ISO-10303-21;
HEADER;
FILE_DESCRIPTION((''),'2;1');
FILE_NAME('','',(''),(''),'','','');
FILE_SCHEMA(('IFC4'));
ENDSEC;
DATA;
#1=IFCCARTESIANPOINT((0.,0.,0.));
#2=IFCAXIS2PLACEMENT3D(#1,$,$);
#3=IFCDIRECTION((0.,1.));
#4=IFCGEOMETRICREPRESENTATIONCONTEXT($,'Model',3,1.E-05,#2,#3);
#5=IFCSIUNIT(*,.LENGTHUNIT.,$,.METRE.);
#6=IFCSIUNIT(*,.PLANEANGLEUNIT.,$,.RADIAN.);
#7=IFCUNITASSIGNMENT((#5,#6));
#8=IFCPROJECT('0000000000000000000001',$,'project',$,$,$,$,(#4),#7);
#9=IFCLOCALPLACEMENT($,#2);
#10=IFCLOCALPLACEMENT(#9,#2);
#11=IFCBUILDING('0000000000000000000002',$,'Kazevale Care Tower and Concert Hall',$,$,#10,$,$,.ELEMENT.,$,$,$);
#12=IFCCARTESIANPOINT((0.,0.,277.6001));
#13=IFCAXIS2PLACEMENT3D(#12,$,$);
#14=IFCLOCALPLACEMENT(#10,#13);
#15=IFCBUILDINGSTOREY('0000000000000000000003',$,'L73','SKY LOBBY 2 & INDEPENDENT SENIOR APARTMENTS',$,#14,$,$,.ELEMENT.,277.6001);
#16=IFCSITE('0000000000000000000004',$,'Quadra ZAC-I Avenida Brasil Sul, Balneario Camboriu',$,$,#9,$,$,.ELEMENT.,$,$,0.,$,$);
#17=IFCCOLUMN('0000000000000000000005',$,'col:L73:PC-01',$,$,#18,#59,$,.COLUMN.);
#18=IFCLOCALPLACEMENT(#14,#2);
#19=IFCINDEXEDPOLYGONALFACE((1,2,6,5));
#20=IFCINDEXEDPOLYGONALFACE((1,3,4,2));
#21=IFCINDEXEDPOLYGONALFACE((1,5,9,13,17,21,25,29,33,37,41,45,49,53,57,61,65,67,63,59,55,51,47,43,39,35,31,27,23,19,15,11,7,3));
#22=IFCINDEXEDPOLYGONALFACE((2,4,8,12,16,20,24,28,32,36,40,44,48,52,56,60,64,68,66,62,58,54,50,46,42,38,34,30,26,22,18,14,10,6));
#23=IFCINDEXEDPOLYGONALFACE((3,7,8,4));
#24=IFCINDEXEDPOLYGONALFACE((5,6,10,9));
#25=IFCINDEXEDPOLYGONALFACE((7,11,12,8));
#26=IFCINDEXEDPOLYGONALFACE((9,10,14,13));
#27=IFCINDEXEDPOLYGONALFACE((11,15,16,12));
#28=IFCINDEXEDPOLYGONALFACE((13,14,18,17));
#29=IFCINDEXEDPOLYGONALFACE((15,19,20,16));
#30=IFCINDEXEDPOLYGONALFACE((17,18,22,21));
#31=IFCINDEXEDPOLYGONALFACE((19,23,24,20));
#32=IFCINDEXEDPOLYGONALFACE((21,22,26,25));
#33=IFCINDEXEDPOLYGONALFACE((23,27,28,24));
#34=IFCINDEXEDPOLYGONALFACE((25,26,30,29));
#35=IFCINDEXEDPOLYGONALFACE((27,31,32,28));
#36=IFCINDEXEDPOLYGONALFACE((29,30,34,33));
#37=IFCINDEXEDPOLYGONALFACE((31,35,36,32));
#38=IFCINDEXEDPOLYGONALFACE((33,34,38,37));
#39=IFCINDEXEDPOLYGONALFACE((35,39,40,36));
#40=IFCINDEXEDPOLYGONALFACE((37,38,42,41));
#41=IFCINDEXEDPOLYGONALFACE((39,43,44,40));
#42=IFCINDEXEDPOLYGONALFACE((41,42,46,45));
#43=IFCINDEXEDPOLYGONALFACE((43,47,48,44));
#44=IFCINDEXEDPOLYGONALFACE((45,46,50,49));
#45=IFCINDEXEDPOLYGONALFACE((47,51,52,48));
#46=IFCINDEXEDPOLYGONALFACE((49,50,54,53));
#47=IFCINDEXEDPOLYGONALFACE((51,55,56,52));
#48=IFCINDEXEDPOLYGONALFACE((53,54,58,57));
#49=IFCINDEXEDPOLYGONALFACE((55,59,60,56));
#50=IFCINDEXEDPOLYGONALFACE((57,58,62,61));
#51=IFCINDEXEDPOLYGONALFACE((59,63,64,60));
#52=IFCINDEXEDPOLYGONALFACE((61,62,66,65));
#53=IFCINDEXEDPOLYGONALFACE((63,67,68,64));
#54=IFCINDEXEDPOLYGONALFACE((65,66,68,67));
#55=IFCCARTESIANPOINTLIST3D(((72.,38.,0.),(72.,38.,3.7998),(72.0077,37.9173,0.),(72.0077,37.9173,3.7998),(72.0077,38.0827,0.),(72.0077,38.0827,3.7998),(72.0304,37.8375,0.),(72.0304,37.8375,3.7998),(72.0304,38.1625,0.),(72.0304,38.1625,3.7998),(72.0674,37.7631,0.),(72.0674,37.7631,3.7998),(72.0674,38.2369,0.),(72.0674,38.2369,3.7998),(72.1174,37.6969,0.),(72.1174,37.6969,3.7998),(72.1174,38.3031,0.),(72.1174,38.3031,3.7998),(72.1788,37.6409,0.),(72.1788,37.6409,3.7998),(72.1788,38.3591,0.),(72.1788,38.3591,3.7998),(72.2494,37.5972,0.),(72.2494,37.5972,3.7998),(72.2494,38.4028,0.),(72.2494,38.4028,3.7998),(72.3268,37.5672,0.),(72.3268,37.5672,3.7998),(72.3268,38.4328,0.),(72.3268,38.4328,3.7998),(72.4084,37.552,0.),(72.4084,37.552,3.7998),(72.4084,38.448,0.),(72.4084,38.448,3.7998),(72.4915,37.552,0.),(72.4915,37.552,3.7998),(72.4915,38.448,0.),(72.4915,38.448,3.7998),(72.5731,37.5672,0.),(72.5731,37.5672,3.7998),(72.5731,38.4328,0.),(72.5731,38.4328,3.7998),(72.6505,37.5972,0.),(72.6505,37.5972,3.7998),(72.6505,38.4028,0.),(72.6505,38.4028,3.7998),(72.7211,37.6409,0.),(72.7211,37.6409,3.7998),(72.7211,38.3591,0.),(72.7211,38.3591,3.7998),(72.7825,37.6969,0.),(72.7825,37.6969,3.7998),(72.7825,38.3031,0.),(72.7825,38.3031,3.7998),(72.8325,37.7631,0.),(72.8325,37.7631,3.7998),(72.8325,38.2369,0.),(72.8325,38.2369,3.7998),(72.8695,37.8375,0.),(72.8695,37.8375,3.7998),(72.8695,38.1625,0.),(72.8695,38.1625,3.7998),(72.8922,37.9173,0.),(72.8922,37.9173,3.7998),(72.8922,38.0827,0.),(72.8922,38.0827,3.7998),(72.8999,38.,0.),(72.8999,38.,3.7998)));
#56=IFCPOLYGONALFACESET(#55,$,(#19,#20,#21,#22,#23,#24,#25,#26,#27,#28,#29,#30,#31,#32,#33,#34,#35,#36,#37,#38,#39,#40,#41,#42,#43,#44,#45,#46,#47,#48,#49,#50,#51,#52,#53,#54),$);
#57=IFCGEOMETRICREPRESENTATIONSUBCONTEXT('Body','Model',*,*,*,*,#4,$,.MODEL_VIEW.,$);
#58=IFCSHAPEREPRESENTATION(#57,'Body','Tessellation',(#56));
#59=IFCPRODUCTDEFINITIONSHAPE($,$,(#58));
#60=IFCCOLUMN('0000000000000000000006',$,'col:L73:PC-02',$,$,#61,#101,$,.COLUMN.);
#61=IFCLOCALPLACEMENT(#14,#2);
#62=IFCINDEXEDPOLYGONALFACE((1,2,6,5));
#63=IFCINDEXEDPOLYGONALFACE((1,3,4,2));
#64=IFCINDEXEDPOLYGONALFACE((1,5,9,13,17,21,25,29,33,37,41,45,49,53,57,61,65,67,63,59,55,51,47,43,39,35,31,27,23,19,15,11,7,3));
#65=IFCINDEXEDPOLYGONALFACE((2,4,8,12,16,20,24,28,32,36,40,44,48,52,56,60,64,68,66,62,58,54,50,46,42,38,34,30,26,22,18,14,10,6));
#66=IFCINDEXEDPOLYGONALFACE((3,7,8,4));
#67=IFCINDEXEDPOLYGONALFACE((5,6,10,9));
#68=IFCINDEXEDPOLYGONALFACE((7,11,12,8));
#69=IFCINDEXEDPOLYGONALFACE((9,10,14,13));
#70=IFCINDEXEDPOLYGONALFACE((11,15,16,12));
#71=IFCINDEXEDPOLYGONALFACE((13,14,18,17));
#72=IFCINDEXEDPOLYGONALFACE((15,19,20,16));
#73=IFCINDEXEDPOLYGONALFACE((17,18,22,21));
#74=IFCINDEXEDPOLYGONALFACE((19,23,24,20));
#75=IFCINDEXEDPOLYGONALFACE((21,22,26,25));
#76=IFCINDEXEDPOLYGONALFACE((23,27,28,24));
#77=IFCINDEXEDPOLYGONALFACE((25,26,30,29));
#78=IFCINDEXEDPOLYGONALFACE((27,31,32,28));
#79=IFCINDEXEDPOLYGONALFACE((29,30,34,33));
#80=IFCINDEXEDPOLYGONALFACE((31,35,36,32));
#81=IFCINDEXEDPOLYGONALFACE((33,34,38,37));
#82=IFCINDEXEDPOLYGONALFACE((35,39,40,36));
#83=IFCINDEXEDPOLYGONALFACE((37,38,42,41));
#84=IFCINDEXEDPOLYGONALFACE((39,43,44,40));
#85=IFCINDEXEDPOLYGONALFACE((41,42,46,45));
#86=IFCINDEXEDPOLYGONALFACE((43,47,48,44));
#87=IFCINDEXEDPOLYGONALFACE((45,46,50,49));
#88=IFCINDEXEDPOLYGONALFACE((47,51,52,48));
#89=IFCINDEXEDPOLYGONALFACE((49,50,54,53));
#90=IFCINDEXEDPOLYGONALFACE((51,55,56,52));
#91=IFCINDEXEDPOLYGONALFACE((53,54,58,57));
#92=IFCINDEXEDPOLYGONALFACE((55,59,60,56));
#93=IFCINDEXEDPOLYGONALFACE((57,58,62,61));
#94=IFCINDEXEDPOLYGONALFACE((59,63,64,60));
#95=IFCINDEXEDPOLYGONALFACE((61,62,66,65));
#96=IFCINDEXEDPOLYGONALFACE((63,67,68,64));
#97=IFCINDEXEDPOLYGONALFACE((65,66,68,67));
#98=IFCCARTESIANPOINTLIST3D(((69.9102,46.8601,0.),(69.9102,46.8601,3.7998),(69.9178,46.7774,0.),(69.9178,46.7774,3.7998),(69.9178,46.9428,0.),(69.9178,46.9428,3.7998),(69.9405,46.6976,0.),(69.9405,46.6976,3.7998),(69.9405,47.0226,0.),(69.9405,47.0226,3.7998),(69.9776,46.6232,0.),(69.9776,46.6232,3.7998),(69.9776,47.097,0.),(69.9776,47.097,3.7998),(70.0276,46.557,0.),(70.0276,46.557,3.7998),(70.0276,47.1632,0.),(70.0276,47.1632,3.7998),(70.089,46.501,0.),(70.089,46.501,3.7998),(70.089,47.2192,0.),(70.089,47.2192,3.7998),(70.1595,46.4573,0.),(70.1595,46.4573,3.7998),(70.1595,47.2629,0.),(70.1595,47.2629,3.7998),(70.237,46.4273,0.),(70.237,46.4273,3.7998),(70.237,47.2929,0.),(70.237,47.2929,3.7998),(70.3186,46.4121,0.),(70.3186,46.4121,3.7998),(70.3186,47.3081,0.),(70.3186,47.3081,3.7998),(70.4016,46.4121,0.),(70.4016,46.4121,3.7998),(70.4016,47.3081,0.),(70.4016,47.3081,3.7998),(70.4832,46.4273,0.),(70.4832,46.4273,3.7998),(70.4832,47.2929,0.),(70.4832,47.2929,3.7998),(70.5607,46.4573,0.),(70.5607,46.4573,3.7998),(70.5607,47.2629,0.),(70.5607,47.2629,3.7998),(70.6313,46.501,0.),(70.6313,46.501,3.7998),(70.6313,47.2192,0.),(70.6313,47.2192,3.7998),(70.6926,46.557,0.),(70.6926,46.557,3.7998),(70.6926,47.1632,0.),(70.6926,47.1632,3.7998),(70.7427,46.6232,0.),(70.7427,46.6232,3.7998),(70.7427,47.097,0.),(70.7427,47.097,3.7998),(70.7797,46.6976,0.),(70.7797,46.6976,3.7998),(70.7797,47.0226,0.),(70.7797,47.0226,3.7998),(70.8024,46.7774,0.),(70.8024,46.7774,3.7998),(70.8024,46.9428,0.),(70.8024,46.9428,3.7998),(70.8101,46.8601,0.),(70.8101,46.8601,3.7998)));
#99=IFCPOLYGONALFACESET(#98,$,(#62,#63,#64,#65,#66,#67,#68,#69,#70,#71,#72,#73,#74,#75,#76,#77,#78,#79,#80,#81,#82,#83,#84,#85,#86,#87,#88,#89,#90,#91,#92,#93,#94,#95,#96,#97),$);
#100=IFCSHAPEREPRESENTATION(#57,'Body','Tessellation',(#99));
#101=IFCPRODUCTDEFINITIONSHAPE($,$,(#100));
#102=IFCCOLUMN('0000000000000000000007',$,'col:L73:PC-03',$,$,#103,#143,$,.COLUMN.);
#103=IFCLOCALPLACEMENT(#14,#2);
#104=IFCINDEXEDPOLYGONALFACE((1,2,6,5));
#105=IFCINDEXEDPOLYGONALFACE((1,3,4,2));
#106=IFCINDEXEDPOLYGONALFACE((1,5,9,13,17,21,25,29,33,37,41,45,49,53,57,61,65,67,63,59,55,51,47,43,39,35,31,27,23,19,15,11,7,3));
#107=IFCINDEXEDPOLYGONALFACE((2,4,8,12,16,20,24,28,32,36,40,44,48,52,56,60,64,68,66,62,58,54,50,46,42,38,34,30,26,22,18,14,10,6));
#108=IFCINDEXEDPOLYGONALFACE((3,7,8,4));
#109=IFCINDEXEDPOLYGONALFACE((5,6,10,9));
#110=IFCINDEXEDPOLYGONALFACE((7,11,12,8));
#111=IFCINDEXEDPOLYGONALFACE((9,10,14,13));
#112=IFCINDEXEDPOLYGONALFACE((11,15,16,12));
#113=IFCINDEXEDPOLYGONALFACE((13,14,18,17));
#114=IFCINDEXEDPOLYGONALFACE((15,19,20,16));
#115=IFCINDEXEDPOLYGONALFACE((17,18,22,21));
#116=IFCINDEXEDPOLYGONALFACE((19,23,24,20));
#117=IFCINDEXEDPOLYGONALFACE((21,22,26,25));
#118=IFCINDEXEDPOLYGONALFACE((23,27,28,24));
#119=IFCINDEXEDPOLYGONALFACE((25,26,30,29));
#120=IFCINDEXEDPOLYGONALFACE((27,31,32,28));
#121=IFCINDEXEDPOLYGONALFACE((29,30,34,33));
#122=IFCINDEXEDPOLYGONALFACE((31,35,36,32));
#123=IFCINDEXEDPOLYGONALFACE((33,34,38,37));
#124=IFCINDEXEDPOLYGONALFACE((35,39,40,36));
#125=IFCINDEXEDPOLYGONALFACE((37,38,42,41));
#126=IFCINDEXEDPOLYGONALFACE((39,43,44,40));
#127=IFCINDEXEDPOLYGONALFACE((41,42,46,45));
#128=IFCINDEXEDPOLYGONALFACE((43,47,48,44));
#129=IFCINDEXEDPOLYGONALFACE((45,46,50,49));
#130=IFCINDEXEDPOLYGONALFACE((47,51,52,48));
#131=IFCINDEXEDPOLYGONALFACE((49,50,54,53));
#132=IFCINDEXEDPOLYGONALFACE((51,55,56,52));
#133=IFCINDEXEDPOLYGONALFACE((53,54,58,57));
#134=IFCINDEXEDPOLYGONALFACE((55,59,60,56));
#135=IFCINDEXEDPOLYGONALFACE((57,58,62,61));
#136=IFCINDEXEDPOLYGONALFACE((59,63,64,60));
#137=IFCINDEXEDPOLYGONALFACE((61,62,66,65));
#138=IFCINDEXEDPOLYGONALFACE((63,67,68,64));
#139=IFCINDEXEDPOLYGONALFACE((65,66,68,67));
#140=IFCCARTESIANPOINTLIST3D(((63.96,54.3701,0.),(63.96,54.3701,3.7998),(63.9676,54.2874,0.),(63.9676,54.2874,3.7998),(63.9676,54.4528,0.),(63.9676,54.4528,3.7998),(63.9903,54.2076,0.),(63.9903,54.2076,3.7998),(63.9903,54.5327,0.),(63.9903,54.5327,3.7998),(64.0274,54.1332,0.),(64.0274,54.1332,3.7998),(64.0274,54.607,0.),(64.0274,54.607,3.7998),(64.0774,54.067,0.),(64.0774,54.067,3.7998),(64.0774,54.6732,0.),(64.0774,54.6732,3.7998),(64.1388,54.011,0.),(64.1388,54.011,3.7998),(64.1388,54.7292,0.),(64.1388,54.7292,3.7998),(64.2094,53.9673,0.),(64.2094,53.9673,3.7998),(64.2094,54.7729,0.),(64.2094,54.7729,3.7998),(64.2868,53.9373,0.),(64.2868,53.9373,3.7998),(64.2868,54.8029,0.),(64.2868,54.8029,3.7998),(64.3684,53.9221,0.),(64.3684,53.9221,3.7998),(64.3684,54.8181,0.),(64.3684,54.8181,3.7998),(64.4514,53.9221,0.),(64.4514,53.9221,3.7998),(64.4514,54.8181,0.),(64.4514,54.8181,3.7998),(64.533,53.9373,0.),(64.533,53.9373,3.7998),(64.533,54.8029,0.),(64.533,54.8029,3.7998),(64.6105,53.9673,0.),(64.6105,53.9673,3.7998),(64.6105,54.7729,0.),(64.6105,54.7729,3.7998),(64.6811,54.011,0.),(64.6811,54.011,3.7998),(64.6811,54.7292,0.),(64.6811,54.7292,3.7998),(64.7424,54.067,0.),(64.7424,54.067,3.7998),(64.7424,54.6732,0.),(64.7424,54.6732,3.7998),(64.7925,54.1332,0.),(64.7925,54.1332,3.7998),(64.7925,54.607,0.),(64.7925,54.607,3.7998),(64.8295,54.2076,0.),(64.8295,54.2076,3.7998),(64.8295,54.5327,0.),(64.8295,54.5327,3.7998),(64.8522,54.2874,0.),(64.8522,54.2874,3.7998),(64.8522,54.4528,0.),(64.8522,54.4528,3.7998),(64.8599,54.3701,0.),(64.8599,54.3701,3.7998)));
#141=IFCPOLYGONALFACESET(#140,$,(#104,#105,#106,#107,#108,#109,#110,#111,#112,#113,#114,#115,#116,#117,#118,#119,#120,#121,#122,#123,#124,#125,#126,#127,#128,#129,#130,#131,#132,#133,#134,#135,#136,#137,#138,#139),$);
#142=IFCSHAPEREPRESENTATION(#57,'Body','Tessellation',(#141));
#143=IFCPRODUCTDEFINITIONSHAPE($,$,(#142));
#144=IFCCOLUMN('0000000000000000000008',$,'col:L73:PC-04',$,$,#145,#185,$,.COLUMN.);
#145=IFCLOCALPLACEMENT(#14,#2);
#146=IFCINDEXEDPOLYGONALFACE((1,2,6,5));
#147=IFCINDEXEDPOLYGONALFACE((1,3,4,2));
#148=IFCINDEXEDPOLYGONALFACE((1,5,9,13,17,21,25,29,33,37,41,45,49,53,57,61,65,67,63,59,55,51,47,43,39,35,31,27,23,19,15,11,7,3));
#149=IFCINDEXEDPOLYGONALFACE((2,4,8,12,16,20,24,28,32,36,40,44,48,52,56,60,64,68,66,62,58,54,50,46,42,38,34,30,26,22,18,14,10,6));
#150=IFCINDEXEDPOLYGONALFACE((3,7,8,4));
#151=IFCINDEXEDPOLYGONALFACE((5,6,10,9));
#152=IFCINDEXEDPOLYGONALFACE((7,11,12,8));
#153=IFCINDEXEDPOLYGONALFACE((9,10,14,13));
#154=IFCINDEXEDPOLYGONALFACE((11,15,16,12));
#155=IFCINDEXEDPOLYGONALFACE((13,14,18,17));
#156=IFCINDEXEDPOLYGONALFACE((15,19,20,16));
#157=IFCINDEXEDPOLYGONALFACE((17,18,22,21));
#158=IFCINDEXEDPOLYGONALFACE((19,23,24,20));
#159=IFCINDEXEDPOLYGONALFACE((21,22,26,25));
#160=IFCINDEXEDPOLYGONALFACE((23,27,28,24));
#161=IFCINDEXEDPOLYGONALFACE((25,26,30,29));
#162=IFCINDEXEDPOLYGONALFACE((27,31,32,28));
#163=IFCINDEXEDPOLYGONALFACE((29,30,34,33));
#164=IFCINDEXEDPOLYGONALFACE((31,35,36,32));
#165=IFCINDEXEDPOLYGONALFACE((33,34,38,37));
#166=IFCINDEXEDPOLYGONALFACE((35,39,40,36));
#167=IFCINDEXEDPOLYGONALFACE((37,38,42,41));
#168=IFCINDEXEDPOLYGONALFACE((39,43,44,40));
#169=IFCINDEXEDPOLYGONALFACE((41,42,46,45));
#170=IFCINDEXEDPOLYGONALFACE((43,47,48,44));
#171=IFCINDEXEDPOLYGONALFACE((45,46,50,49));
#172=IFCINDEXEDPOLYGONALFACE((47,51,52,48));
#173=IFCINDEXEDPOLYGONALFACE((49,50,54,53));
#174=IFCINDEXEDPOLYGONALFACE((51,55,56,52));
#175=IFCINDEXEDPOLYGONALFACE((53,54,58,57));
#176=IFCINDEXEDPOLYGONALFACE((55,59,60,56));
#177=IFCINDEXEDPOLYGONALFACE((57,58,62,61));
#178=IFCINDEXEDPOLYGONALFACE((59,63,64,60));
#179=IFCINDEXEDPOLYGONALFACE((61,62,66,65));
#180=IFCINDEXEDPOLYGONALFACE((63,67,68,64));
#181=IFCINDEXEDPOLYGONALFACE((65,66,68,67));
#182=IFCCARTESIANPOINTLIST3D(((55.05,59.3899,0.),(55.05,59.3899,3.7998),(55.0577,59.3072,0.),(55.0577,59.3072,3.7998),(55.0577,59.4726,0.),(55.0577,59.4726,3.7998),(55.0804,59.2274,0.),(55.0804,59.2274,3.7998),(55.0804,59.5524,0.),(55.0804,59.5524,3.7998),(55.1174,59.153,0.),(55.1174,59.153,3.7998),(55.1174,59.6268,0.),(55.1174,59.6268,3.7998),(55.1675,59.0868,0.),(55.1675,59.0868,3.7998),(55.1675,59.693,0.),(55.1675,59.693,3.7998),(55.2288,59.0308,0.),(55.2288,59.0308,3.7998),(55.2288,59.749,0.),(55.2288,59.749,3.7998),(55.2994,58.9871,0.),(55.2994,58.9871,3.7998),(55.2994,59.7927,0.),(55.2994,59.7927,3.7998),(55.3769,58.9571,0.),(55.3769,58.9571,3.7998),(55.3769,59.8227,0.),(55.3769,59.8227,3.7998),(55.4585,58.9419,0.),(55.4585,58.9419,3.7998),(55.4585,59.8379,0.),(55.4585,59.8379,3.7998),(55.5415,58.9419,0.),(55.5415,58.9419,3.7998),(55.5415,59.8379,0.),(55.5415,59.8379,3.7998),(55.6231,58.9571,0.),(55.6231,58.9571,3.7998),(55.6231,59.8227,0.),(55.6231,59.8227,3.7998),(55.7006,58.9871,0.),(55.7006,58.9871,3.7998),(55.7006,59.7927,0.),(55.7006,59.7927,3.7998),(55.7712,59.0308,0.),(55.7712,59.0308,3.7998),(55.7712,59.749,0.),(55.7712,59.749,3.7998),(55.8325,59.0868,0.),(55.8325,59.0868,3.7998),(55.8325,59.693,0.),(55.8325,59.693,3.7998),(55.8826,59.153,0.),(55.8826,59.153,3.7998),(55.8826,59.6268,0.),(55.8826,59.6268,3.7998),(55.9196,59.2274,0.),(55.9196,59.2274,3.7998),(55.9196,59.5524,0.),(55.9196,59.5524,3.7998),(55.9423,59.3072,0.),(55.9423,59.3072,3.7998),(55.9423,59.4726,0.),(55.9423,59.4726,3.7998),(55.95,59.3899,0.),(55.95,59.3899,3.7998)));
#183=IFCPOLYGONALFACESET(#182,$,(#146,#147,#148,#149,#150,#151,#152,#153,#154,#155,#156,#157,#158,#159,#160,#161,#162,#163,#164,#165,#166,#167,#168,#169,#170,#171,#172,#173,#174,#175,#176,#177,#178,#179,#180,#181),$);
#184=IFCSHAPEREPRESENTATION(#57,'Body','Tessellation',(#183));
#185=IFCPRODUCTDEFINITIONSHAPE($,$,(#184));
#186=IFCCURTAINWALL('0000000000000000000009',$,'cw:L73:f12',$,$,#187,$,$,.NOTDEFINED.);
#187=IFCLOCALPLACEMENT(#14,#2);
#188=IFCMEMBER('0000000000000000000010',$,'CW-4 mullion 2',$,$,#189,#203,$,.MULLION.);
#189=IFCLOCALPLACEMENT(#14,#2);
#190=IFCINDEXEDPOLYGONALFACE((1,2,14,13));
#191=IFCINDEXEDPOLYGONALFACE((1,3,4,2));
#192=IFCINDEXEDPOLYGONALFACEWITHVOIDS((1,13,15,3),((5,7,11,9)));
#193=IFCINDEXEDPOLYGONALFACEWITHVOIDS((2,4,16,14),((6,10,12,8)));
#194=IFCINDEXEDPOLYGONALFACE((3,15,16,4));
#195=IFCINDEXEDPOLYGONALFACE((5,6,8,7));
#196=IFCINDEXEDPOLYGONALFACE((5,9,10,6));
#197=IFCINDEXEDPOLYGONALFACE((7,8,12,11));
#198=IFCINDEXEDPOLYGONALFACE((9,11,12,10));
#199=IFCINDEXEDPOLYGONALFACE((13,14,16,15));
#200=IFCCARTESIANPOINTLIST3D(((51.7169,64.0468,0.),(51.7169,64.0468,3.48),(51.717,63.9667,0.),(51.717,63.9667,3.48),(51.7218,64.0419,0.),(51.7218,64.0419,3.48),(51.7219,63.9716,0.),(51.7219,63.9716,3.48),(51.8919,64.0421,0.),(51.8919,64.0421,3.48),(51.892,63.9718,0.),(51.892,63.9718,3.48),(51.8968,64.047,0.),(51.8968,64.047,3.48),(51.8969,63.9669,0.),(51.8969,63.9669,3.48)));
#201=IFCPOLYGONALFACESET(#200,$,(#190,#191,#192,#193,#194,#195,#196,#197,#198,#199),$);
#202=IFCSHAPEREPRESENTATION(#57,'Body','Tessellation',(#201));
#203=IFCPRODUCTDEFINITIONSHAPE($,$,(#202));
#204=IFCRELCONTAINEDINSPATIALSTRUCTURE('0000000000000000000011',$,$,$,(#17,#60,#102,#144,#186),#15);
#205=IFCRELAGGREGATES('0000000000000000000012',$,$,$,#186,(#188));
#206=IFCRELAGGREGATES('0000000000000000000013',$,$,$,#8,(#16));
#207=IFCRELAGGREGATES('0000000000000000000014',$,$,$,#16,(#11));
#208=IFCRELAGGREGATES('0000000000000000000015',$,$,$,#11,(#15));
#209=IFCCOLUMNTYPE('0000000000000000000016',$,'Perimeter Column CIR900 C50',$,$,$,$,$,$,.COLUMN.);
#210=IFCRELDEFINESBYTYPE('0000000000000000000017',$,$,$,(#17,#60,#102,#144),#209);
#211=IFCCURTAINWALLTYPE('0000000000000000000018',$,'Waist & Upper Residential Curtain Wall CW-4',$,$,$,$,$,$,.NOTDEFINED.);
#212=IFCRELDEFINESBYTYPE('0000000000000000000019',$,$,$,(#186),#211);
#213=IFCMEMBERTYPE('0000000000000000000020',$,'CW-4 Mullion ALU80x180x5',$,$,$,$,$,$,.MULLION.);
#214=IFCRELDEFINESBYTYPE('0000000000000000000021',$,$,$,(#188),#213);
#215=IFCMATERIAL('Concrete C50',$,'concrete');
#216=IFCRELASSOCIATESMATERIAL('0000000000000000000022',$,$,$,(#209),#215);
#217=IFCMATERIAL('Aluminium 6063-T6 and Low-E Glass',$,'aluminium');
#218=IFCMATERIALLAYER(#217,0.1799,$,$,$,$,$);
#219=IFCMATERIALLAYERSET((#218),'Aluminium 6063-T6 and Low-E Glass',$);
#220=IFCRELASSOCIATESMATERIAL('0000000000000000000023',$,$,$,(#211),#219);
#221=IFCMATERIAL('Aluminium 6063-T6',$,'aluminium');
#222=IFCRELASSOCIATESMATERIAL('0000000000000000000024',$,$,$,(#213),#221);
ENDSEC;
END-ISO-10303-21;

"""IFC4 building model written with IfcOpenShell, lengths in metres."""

from ifc_helpers import new_model, si_unit, direction, frame, origin, origin_2d, place, context, subcontext, project, spatial, hollow_rectangle, circle, extrude, material, layer, layer_set, material_profile, profile_set, type_object, element, aggregate, save


model = new_model("IFC4")

# Units and contexts
model_context = context("Model", 3, precision=1e-05, world=origin(), true_north=direction((0.0, 1.0)))
body_context = subcontext(model_context, "Body", "Model", "MODEL_VIEW")
ifc_project = project(units=[si_unit("LENGTHUNIT", "METRE"), si_unit("PLANEANGLEUNIT", "RADIAN")], contexts=[model_context])

# Site, building, storey
site_placement = place(None, origin())
site = spatial("IfcSite", under=ifc_project, at=site_placement, Name="Quadra ZAC-I Avenida Brasil Sul, Balneario Camboriu", CompositionType="ELEMENT", RefElevation=0.0)
building_placement = place(site_placement, origin())
building = spatial("IfcBuilding", under=site, at=building_placement, Name="Kazevale Care Tower and Concert Hall", CompositionType="ELEMENT")
storey_placement = place(building_placement, frame((0.0, 0.0, 277.6001)))
storey = spatial("IfcBuildingStorey", under=building, at=storey_placement, Name="L73", Description="SKY LOBBY 2 & INDEPENDENT SENIOR APARTMENTS", CompositionType="ELEMENT", Elevation=277.6001)

# Columns
ifc_material_1 = material(Name="Concrete C50", Category="concrete")
ifc_material_profile_1 = material_profile(ifc_material_1, circle(Radius=0.45, at=origin_2d()), Name="RC-CIR900")
ifc_profile_set_1 = profile_set([ifc_material_profile_1], Name="Concrete C50")
column_type = type_object("IfcColumnType", Name="Perimeter Column CIR900 C50", PredefinedType="COLUMN", material=ifc_profile_set_1)
for number, where, z_axis, x_axis, name in (
    (1, (72.45, 38.0, 0.0), (0.0, 0.0, 1.0), (1.0, 0.0, 0.0), "col:L73:PC-01"),
    (2, (70.3601, 46.8601, 0.0), (0.0, 0.0, 1.0), (1.0, 0.0, 0.0), "col:L73:PC-02"),
    (3, (64.4099, 54.3701, 0.0), (0.0, 0.0, 1.0), (1.0, 0.0, 0.0), "col:L73:PC-03"),
    (4, (55.5, 59.3899, 0.0), (0.0, 0.0, 1.0), (1.0, 0.0, 0.0), "col:L73:PC-04"),
):
    element("IfcColumn", number, at=place(storey_placement, frame(where, z_axis=z_axis, x_axis=x_axis)), inside=storey, type_object=column_type, Name=name, PredefinedType="COLUMN", context=body_context, shape_type="SweptSolid", body=[
        extrude(circle(Radius=0.45, at=origin_2d()), origin(), (0.0, 0.0, 1.0), 3.7998),
    ])

# Curtain wall, member
ifc_material_2 = material(Name="Aluminium 6063-T6 and Low-E Glass", Category="aluminium")
ifc_layer_1 = layer(ifc_material_2, 0.1799)
ifc_layer_set_1 = layer_set([ifc_layer_1], Name="Aluminium 6063-T6 and Low-E Glass")
curtain_wall_type = type_object("IfcCurtainWallType", Name="Waist & Upper Residential Curtain Wall CW-4", PredefinedType="NOTDEFINED", material=ifc_layer_set_1)
curtain_wall_1_placement = place(storey_placement, origin())
curtain_wall_1 = element("IfcCurtainWall", 5, at=curtain_wall_1_placement, inside=storey, type_object=curtain_wall_type, Name="cw:L73:f12", PredefinedType="NOTDEFINED")
ifc_material_3 = material(Name="Aluminium 6063-T6", Category="aluminium")
ifc_material_profile_2 = material_profile(ifc_material_3, hollow_rectangle(XDim=0.0801, YDim=0.1799, WallThickness=0.0049, at=origin_2d()), Name="ALU80x180x5")
ifc_profile_set_2 = profile_set([ifc_material_profile_2], Name="Aluminium 6063-T6")
member_type_1 = type_object("IfcMemberType", Name="CW-4 Mullion ALU80x180x5", PredefinedType="MULLION", material=ifc_profile_set_2)
member_1_placement = place(storey_placement, frame((51.8069, 64.0068, 0.0), z_axis=(0.0, 0.0, 1.0), x_axis=(-0.001378, 0.999999, 0.0)))
member_1 = element("IfcMember", 6, at=member_1_placement, type_object=member_type_1, Name="CW-4 mullion 2", PredefinedType="MULLION", context=body_context, shape_type="SweptSolid", body=[
    extrude(hollow_rectangle(XDim=0.0801, YDim=0.1799, WallThickness=0.0049, at=origin_2d()), origin(), (0.0, 0.0, 1.0), 3.48),
])
aggregate(curtain_wall_1, [member_1])

save(model, "model.ifc")
